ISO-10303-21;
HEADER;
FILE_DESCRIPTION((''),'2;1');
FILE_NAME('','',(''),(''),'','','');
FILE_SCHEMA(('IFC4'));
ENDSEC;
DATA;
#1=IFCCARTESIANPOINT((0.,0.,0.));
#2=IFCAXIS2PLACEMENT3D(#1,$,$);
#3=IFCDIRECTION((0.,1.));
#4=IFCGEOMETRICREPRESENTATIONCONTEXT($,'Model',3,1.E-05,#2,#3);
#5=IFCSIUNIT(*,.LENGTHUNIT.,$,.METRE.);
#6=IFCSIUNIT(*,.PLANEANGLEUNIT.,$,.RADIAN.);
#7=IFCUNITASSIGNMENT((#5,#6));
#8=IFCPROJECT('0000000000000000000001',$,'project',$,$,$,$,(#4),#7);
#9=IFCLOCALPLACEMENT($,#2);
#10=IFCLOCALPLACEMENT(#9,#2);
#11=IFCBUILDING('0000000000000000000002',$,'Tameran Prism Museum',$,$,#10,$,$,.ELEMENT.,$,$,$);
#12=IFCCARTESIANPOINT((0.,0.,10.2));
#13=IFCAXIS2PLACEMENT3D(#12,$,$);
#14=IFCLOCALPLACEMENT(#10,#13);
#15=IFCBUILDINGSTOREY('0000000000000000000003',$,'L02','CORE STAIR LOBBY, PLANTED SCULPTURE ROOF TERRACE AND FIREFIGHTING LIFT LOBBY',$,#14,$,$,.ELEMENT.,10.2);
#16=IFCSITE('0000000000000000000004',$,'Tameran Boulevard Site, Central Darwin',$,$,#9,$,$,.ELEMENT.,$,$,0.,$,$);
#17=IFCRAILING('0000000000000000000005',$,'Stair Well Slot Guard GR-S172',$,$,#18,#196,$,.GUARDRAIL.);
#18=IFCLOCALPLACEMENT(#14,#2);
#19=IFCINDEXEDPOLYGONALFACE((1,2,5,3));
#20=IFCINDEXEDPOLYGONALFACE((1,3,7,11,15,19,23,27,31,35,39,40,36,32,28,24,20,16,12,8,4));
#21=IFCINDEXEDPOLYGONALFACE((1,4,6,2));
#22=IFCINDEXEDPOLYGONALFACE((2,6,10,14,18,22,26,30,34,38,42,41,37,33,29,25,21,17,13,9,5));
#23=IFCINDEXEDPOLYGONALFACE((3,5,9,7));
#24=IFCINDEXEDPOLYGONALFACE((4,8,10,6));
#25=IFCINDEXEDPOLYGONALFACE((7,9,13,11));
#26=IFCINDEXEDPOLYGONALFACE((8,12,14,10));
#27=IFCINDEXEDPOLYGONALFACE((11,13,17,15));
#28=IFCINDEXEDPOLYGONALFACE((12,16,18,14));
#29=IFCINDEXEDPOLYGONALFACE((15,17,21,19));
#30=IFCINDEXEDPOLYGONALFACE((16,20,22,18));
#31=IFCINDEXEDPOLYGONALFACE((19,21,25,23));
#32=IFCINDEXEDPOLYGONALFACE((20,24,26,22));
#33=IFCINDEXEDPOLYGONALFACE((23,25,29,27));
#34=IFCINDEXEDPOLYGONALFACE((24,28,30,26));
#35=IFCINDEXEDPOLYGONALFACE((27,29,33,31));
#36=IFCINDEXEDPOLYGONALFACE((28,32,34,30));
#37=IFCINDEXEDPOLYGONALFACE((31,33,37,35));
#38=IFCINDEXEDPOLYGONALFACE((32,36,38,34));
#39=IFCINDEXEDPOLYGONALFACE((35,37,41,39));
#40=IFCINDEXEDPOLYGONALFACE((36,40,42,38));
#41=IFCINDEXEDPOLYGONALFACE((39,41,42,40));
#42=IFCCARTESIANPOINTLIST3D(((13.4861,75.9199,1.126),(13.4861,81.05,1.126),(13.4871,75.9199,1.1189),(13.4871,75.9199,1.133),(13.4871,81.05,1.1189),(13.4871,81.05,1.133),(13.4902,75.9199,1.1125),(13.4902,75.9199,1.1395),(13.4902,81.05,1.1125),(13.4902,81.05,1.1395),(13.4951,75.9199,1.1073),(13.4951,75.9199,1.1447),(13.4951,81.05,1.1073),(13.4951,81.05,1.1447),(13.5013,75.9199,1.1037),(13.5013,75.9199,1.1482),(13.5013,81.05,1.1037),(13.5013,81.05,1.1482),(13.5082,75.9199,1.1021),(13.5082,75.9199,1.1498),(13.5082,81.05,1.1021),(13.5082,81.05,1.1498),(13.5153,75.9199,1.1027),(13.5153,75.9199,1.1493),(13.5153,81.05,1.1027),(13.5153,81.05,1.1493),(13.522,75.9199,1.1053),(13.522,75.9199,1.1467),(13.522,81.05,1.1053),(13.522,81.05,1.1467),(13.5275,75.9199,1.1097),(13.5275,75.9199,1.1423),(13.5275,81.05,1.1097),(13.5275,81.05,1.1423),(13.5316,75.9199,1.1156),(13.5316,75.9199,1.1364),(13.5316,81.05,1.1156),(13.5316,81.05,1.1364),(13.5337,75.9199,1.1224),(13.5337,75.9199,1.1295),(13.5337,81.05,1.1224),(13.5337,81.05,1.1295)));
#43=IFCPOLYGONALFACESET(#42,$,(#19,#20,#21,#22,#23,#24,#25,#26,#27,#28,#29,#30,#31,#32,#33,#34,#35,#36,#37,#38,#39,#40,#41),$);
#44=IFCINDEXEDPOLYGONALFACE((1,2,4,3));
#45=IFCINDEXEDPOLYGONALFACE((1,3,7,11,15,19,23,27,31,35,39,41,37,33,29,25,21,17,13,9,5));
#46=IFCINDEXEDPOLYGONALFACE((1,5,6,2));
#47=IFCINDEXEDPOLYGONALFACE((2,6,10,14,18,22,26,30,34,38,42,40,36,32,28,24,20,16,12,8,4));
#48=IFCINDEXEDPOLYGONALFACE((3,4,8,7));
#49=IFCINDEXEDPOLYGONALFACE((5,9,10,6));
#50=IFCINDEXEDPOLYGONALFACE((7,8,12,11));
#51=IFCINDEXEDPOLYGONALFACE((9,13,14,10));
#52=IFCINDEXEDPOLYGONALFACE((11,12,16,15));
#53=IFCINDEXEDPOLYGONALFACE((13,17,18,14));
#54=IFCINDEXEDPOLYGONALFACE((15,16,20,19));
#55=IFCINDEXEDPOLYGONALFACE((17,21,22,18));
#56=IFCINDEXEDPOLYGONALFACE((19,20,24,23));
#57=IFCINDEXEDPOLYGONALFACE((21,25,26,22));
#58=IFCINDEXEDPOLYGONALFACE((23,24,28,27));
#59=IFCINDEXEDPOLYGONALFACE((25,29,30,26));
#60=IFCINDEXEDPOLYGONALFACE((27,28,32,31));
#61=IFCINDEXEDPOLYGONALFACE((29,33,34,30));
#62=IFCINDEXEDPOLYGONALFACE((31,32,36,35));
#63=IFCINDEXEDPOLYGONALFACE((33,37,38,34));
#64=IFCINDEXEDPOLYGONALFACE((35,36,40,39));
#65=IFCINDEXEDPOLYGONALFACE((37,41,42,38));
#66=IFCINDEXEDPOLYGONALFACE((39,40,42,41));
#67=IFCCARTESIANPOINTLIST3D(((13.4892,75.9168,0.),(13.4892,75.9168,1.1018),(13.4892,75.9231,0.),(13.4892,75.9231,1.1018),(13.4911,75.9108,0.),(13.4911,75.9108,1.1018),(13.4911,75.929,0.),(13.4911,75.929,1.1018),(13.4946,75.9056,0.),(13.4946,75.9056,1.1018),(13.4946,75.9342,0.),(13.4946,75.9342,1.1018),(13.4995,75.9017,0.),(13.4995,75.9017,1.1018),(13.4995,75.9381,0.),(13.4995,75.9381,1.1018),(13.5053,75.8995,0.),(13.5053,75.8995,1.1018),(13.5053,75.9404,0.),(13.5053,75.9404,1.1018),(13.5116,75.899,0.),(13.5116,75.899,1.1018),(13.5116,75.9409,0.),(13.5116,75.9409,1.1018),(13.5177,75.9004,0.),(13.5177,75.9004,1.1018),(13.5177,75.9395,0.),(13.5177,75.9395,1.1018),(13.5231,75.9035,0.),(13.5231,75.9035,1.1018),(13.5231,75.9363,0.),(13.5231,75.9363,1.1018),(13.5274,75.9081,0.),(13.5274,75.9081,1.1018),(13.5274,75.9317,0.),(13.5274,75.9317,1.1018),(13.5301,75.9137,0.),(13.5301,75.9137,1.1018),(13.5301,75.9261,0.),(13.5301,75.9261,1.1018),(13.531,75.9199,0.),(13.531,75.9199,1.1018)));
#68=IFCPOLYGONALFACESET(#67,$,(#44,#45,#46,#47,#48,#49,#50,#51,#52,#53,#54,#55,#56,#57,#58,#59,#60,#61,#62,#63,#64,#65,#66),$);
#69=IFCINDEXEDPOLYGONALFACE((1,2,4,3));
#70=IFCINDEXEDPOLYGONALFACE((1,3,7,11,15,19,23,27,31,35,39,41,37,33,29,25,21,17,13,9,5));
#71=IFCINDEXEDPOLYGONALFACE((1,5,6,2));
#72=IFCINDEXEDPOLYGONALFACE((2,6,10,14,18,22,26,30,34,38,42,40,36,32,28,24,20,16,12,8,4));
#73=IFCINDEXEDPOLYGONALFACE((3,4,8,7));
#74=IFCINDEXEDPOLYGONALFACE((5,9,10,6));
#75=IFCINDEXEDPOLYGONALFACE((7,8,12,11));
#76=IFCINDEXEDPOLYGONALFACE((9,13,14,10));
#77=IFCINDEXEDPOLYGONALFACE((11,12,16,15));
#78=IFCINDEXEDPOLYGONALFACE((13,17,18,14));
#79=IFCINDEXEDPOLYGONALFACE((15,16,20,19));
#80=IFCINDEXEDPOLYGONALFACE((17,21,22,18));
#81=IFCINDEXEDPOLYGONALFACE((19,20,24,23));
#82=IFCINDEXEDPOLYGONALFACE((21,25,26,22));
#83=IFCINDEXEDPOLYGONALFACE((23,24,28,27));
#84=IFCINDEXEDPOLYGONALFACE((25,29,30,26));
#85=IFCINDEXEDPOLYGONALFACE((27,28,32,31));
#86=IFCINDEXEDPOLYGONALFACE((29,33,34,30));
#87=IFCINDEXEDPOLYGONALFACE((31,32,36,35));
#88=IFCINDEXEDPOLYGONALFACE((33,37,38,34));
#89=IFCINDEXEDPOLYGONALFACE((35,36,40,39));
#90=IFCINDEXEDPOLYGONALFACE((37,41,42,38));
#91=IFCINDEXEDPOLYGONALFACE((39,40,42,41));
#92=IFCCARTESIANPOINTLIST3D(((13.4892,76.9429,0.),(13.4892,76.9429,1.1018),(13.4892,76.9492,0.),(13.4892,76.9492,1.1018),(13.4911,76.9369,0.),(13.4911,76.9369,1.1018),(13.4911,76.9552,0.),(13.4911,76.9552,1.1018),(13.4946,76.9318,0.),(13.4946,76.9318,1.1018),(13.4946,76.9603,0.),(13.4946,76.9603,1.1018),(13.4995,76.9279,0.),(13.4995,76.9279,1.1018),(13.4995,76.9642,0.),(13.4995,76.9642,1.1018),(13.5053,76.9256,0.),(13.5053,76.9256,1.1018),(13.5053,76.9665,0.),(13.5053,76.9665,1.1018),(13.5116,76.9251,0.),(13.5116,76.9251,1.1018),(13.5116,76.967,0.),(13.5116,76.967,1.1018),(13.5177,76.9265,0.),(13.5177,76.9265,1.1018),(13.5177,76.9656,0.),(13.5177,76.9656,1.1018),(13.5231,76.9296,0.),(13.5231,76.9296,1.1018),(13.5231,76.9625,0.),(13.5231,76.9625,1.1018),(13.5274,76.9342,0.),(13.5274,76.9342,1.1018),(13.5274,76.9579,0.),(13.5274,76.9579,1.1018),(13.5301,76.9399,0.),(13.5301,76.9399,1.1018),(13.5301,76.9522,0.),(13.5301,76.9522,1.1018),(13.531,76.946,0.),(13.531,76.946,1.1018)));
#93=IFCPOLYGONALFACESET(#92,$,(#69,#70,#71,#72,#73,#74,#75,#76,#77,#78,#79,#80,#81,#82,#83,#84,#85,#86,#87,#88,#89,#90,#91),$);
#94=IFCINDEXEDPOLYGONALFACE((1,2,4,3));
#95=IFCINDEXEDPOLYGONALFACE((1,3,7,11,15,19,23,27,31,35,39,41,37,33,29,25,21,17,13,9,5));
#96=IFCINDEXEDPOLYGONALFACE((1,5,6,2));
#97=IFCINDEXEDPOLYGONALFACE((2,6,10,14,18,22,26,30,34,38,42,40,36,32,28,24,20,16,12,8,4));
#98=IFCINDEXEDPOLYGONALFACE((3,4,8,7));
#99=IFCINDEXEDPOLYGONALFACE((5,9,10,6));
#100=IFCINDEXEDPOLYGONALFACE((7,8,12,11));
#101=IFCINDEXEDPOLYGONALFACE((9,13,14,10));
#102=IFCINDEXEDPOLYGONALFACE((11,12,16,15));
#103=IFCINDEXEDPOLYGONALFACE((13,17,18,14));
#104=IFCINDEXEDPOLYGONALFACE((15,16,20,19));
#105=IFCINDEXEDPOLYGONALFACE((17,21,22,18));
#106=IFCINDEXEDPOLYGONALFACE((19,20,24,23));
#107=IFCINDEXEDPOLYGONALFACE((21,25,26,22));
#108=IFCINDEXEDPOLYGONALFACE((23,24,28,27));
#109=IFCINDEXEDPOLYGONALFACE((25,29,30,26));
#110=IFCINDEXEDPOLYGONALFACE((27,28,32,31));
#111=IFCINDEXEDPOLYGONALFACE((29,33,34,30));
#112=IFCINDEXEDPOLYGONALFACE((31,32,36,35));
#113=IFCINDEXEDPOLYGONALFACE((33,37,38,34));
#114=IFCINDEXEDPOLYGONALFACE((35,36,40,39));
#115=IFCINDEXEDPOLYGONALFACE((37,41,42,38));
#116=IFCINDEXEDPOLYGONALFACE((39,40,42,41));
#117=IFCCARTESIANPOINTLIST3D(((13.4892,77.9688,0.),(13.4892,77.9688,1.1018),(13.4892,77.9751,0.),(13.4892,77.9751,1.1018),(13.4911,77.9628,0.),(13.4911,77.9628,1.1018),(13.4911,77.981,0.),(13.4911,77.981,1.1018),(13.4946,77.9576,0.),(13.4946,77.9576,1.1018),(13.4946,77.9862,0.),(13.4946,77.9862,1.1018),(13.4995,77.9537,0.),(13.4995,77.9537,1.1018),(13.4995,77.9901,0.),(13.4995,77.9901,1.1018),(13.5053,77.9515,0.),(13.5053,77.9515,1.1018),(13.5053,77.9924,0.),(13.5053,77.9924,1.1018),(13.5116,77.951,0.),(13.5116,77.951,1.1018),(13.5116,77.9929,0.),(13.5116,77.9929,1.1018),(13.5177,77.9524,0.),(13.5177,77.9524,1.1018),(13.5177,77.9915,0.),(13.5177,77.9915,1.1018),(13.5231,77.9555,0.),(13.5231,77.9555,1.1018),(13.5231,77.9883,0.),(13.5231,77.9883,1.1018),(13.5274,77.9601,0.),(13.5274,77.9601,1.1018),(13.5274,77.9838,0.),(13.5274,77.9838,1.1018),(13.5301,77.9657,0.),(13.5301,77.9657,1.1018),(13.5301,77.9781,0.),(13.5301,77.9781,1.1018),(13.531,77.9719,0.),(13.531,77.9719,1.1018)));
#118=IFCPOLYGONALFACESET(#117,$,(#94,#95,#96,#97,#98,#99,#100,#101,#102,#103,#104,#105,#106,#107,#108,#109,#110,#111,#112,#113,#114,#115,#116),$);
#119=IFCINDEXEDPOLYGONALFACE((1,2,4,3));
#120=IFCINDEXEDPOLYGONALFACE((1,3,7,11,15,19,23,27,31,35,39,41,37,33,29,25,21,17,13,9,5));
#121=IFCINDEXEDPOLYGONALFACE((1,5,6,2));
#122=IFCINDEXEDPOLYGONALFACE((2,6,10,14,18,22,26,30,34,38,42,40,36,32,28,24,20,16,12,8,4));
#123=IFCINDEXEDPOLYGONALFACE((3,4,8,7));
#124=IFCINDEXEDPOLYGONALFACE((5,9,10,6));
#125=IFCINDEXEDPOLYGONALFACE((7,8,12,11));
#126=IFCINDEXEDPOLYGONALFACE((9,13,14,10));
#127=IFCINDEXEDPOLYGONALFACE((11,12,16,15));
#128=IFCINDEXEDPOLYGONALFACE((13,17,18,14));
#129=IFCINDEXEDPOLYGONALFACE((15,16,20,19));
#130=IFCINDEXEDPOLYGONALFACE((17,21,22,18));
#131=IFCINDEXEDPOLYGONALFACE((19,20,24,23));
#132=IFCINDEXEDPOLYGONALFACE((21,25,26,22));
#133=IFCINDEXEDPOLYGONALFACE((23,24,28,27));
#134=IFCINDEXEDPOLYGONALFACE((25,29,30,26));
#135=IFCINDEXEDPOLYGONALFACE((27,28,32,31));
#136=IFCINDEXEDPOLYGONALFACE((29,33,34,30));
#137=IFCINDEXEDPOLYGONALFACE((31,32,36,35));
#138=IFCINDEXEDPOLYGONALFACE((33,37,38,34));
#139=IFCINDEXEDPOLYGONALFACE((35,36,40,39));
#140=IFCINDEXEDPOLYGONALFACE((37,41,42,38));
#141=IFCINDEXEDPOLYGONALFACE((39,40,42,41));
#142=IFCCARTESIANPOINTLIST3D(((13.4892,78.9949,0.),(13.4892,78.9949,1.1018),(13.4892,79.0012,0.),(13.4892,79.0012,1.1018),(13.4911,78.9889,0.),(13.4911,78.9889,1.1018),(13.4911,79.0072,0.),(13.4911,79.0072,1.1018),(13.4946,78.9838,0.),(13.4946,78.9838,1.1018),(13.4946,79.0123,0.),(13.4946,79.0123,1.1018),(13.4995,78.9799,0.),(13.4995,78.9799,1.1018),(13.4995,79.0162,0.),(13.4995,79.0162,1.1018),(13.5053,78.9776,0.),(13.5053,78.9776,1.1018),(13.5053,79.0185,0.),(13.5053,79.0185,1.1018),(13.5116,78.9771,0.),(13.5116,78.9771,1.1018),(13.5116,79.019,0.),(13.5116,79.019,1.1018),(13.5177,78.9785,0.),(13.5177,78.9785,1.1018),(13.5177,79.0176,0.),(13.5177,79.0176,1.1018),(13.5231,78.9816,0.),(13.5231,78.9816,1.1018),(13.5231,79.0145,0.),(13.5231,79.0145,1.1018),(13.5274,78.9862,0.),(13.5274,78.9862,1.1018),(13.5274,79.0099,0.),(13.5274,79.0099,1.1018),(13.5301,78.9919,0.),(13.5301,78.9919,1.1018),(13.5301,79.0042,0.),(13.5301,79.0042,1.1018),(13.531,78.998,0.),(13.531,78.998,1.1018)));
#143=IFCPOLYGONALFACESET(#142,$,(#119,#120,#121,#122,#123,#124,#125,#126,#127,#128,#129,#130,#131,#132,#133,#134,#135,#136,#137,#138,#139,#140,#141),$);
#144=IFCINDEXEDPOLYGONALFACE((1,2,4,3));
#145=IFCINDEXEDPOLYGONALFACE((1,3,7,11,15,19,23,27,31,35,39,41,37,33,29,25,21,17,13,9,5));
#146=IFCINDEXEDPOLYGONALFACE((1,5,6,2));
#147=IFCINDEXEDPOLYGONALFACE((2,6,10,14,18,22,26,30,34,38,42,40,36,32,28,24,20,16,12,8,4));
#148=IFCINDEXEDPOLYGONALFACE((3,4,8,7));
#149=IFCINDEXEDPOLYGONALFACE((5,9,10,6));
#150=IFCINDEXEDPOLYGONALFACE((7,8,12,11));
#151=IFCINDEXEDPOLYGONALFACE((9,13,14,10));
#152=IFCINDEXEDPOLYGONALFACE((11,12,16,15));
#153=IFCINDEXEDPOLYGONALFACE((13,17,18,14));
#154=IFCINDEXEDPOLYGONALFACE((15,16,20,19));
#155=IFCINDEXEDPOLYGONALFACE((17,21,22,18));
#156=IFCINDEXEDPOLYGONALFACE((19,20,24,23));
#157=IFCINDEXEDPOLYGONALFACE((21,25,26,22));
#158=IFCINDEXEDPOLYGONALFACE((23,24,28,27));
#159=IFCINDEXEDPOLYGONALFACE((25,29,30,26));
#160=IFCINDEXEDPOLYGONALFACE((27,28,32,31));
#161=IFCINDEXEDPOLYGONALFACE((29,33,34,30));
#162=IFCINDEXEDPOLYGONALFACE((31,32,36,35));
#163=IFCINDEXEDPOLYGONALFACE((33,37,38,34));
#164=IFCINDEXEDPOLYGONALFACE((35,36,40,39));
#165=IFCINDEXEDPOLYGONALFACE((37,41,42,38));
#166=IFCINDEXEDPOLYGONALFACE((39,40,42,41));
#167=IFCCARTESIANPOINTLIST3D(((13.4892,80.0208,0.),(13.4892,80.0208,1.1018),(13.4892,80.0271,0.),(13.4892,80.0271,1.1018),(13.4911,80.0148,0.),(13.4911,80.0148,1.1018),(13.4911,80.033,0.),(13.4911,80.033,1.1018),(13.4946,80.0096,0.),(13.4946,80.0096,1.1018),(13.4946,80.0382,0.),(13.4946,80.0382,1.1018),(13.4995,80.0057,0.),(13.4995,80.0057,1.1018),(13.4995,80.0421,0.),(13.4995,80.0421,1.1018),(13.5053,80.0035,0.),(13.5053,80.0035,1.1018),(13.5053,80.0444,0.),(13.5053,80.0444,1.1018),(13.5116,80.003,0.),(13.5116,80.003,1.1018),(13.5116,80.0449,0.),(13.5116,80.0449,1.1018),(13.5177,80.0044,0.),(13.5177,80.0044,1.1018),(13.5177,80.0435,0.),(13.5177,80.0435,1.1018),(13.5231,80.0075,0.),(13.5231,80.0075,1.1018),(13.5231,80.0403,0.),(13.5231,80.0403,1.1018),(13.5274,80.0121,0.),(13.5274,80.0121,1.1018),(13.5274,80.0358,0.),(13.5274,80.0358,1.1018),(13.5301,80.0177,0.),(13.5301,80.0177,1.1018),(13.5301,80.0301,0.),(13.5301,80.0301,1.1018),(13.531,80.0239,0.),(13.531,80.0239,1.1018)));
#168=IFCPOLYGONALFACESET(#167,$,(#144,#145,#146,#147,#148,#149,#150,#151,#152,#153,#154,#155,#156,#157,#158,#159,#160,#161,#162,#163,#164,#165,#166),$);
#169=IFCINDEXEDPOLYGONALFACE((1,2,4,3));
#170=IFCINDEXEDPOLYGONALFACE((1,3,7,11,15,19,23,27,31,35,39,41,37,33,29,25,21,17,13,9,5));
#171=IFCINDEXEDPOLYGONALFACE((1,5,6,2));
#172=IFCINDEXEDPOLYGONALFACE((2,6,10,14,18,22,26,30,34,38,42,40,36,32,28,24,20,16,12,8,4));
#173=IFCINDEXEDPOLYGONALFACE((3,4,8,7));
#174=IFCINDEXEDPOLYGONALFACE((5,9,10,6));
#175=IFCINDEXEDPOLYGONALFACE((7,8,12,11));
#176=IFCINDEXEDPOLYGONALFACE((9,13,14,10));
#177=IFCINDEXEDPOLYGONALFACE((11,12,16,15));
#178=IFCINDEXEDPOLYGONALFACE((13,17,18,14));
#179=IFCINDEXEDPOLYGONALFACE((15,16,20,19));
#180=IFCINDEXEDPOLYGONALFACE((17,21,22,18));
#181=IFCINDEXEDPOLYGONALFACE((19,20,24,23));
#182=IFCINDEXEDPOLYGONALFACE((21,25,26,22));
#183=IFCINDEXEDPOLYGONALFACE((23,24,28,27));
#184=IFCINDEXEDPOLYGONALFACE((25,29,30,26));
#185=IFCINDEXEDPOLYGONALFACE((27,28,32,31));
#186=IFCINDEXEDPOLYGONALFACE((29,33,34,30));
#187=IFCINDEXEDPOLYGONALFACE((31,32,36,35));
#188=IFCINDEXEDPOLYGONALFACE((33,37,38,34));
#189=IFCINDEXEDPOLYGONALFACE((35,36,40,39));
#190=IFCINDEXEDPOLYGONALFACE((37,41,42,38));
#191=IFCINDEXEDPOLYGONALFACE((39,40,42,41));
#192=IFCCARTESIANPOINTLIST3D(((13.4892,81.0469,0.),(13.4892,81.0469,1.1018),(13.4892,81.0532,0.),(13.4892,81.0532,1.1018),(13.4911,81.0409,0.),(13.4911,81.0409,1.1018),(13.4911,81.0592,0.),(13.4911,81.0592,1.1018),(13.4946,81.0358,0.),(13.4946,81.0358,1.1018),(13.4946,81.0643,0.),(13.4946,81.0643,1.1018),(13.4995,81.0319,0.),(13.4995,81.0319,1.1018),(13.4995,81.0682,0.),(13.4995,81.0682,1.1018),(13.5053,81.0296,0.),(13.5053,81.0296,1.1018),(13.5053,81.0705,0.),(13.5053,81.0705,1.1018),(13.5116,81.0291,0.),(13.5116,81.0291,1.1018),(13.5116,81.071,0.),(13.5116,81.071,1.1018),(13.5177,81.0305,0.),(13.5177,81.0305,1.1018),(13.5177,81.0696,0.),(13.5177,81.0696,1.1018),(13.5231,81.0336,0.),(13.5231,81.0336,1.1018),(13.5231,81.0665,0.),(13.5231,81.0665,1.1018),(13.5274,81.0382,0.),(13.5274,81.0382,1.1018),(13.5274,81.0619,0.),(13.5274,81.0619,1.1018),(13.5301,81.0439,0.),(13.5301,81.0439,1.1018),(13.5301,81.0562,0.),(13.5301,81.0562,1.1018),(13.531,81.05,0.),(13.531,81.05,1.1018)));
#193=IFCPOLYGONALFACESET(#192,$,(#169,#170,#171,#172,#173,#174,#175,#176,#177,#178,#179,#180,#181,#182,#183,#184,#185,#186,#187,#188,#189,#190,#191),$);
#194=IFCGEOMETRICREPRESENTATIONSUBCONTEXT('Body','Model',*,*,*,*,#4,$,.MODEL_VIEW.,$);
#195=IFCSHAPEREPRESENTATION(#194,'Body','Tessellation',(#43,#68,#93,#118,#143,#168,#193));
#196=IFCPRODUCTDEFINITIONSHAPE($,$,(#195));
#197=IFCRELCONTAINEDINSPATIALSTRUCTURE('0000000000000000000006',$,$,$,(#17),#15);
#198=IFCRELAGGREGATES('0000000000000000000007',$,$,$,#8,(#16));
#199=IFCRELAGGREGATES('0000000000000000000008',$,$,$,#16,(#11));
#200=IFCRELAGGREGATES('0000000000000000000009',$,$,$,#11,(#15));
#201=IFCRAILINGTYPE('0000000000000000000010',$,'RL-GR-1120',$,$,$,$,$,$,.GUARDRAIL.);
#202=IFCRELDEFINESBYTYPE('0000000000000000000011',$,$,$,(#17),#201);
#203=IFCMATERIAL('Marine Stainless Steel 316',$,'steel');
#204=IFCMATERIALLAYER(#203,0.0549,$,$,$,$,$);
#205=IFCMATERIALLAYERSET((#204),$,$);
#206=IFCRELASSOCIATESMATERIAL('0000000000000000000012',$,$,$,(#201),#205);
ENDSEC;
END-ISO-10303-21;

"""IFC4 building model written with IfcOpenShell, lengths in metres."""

from ifc_helpers import new_model, si_unit, direction, frame, origin, origin_2d, place, context, subcontext, project, spatial, circle, extrude, material, layer, layer_set, type_object, element, save


model = new_model("IFC4")

# Units and contexts
model_context = context("Model", 3, precision=1e-05, world=origin(), true_north=direction((0.0, 1.0)))
body_context = subcontext(model_context, "Body", "Model", "MODEL_VIEW")
ifc_project = project(units=[si_unit("LENGTHUNIT", "METRE"), si_unit("PLANEANGLEUNIT", "RADIAN")], contexts=[model_context])

# Site, building, storey
site_placement = place(None, origin())
site = spatial("IfcSite", under=ifc_project, at=site_placement, Name="Tameran Boulevard Site, Central Darwin", CompositionType="ELEMENT", RefElevation=0.0)
building_placement = place(site_placement, origin())
building = spatial("IfcBuilding", under=site, at=building_placement, Name="Tameran Prism Museum", CompositionType="ELEMENT")
storey_placement = place(building_placement, frame((0.0, 0.0, 10.2)))
storey = spatial("IfcBuildingStorey", under=building, at=storey_placement, Name="L02", Description="CORE STAIR LOBBY, PLANTED SCULPTURE ROOF TERRACE AND FIREFIGHTING LIFT LOBBY", CompositionType="ELEMENT", Elevation=10.2)

# Railing
ifc_material_1 = material(Name="Marine Stainless Steel 316", Category="steel")
ifc_layer_1 = layer(ifc_material_1, 0.0549)
ifc_layer_set_1 = layer_set([ifc_layer_1])
railing_type = type_object("IfcRailingType", Name="RL-GR-1120", PredefinedType="GUARDRAIL", material=ifc_layer_set_1)
railing_placement = place(storey_placement, frame((13.51, 75.9199, 0.0)))
element("IfcRailing", 1, at=railing_placement, inside=storey, type_object=railing_type, Name="Stair Well Slot Guard GR-S172", PredefinedType="GUARDRAIL", context=body_context, shape_type="SweptSolid", body=[
    extrude(circle(Radius=0.0239, at=origin_2d()), frame((0.0, 0.0, 1.126), z_axis=(0.0, 1.0, 0.0), x_axis=(-1.0, 0.0, 0.0)), (0.0, 0.0, 1.0), 5.1301),
    extrude(circle(Radius=0.021, at=origin_2d()), origin(), (0.0, 0.0, 1.0), 1.1018),
    extrude(circle(Radius=0.021, at=origin_2d()), frame((0.0, 1.0261, 0.0)), (0.0, 0.0, 1.0), 1.1018),
    extrude(circle(Radius=0.021, at=origin_2d()), frame((0.0, 2.052, 0.0)), (0.0, 0.0, 1.0), 1.1018),
    extrude(circle(Radius=0.021, at=origin_2d()), frame((0.0, 3.0781, 0.0)), (0.0, 0.0, 1.0), 1.1018),
    extrude(circle(Radius=0.021, at=origin_2d()), frame((0.0, 4.104, 0.0)), (0.0, 0.0, 1.0), 1.1018),
    extrude(circle(Radius=0.021, at=origin_2d()), frame((0.0, 5.1301, 0.0)), (0.0, 0.0, 1.0), 1.1018),
])

save(model, "model.ifc")
